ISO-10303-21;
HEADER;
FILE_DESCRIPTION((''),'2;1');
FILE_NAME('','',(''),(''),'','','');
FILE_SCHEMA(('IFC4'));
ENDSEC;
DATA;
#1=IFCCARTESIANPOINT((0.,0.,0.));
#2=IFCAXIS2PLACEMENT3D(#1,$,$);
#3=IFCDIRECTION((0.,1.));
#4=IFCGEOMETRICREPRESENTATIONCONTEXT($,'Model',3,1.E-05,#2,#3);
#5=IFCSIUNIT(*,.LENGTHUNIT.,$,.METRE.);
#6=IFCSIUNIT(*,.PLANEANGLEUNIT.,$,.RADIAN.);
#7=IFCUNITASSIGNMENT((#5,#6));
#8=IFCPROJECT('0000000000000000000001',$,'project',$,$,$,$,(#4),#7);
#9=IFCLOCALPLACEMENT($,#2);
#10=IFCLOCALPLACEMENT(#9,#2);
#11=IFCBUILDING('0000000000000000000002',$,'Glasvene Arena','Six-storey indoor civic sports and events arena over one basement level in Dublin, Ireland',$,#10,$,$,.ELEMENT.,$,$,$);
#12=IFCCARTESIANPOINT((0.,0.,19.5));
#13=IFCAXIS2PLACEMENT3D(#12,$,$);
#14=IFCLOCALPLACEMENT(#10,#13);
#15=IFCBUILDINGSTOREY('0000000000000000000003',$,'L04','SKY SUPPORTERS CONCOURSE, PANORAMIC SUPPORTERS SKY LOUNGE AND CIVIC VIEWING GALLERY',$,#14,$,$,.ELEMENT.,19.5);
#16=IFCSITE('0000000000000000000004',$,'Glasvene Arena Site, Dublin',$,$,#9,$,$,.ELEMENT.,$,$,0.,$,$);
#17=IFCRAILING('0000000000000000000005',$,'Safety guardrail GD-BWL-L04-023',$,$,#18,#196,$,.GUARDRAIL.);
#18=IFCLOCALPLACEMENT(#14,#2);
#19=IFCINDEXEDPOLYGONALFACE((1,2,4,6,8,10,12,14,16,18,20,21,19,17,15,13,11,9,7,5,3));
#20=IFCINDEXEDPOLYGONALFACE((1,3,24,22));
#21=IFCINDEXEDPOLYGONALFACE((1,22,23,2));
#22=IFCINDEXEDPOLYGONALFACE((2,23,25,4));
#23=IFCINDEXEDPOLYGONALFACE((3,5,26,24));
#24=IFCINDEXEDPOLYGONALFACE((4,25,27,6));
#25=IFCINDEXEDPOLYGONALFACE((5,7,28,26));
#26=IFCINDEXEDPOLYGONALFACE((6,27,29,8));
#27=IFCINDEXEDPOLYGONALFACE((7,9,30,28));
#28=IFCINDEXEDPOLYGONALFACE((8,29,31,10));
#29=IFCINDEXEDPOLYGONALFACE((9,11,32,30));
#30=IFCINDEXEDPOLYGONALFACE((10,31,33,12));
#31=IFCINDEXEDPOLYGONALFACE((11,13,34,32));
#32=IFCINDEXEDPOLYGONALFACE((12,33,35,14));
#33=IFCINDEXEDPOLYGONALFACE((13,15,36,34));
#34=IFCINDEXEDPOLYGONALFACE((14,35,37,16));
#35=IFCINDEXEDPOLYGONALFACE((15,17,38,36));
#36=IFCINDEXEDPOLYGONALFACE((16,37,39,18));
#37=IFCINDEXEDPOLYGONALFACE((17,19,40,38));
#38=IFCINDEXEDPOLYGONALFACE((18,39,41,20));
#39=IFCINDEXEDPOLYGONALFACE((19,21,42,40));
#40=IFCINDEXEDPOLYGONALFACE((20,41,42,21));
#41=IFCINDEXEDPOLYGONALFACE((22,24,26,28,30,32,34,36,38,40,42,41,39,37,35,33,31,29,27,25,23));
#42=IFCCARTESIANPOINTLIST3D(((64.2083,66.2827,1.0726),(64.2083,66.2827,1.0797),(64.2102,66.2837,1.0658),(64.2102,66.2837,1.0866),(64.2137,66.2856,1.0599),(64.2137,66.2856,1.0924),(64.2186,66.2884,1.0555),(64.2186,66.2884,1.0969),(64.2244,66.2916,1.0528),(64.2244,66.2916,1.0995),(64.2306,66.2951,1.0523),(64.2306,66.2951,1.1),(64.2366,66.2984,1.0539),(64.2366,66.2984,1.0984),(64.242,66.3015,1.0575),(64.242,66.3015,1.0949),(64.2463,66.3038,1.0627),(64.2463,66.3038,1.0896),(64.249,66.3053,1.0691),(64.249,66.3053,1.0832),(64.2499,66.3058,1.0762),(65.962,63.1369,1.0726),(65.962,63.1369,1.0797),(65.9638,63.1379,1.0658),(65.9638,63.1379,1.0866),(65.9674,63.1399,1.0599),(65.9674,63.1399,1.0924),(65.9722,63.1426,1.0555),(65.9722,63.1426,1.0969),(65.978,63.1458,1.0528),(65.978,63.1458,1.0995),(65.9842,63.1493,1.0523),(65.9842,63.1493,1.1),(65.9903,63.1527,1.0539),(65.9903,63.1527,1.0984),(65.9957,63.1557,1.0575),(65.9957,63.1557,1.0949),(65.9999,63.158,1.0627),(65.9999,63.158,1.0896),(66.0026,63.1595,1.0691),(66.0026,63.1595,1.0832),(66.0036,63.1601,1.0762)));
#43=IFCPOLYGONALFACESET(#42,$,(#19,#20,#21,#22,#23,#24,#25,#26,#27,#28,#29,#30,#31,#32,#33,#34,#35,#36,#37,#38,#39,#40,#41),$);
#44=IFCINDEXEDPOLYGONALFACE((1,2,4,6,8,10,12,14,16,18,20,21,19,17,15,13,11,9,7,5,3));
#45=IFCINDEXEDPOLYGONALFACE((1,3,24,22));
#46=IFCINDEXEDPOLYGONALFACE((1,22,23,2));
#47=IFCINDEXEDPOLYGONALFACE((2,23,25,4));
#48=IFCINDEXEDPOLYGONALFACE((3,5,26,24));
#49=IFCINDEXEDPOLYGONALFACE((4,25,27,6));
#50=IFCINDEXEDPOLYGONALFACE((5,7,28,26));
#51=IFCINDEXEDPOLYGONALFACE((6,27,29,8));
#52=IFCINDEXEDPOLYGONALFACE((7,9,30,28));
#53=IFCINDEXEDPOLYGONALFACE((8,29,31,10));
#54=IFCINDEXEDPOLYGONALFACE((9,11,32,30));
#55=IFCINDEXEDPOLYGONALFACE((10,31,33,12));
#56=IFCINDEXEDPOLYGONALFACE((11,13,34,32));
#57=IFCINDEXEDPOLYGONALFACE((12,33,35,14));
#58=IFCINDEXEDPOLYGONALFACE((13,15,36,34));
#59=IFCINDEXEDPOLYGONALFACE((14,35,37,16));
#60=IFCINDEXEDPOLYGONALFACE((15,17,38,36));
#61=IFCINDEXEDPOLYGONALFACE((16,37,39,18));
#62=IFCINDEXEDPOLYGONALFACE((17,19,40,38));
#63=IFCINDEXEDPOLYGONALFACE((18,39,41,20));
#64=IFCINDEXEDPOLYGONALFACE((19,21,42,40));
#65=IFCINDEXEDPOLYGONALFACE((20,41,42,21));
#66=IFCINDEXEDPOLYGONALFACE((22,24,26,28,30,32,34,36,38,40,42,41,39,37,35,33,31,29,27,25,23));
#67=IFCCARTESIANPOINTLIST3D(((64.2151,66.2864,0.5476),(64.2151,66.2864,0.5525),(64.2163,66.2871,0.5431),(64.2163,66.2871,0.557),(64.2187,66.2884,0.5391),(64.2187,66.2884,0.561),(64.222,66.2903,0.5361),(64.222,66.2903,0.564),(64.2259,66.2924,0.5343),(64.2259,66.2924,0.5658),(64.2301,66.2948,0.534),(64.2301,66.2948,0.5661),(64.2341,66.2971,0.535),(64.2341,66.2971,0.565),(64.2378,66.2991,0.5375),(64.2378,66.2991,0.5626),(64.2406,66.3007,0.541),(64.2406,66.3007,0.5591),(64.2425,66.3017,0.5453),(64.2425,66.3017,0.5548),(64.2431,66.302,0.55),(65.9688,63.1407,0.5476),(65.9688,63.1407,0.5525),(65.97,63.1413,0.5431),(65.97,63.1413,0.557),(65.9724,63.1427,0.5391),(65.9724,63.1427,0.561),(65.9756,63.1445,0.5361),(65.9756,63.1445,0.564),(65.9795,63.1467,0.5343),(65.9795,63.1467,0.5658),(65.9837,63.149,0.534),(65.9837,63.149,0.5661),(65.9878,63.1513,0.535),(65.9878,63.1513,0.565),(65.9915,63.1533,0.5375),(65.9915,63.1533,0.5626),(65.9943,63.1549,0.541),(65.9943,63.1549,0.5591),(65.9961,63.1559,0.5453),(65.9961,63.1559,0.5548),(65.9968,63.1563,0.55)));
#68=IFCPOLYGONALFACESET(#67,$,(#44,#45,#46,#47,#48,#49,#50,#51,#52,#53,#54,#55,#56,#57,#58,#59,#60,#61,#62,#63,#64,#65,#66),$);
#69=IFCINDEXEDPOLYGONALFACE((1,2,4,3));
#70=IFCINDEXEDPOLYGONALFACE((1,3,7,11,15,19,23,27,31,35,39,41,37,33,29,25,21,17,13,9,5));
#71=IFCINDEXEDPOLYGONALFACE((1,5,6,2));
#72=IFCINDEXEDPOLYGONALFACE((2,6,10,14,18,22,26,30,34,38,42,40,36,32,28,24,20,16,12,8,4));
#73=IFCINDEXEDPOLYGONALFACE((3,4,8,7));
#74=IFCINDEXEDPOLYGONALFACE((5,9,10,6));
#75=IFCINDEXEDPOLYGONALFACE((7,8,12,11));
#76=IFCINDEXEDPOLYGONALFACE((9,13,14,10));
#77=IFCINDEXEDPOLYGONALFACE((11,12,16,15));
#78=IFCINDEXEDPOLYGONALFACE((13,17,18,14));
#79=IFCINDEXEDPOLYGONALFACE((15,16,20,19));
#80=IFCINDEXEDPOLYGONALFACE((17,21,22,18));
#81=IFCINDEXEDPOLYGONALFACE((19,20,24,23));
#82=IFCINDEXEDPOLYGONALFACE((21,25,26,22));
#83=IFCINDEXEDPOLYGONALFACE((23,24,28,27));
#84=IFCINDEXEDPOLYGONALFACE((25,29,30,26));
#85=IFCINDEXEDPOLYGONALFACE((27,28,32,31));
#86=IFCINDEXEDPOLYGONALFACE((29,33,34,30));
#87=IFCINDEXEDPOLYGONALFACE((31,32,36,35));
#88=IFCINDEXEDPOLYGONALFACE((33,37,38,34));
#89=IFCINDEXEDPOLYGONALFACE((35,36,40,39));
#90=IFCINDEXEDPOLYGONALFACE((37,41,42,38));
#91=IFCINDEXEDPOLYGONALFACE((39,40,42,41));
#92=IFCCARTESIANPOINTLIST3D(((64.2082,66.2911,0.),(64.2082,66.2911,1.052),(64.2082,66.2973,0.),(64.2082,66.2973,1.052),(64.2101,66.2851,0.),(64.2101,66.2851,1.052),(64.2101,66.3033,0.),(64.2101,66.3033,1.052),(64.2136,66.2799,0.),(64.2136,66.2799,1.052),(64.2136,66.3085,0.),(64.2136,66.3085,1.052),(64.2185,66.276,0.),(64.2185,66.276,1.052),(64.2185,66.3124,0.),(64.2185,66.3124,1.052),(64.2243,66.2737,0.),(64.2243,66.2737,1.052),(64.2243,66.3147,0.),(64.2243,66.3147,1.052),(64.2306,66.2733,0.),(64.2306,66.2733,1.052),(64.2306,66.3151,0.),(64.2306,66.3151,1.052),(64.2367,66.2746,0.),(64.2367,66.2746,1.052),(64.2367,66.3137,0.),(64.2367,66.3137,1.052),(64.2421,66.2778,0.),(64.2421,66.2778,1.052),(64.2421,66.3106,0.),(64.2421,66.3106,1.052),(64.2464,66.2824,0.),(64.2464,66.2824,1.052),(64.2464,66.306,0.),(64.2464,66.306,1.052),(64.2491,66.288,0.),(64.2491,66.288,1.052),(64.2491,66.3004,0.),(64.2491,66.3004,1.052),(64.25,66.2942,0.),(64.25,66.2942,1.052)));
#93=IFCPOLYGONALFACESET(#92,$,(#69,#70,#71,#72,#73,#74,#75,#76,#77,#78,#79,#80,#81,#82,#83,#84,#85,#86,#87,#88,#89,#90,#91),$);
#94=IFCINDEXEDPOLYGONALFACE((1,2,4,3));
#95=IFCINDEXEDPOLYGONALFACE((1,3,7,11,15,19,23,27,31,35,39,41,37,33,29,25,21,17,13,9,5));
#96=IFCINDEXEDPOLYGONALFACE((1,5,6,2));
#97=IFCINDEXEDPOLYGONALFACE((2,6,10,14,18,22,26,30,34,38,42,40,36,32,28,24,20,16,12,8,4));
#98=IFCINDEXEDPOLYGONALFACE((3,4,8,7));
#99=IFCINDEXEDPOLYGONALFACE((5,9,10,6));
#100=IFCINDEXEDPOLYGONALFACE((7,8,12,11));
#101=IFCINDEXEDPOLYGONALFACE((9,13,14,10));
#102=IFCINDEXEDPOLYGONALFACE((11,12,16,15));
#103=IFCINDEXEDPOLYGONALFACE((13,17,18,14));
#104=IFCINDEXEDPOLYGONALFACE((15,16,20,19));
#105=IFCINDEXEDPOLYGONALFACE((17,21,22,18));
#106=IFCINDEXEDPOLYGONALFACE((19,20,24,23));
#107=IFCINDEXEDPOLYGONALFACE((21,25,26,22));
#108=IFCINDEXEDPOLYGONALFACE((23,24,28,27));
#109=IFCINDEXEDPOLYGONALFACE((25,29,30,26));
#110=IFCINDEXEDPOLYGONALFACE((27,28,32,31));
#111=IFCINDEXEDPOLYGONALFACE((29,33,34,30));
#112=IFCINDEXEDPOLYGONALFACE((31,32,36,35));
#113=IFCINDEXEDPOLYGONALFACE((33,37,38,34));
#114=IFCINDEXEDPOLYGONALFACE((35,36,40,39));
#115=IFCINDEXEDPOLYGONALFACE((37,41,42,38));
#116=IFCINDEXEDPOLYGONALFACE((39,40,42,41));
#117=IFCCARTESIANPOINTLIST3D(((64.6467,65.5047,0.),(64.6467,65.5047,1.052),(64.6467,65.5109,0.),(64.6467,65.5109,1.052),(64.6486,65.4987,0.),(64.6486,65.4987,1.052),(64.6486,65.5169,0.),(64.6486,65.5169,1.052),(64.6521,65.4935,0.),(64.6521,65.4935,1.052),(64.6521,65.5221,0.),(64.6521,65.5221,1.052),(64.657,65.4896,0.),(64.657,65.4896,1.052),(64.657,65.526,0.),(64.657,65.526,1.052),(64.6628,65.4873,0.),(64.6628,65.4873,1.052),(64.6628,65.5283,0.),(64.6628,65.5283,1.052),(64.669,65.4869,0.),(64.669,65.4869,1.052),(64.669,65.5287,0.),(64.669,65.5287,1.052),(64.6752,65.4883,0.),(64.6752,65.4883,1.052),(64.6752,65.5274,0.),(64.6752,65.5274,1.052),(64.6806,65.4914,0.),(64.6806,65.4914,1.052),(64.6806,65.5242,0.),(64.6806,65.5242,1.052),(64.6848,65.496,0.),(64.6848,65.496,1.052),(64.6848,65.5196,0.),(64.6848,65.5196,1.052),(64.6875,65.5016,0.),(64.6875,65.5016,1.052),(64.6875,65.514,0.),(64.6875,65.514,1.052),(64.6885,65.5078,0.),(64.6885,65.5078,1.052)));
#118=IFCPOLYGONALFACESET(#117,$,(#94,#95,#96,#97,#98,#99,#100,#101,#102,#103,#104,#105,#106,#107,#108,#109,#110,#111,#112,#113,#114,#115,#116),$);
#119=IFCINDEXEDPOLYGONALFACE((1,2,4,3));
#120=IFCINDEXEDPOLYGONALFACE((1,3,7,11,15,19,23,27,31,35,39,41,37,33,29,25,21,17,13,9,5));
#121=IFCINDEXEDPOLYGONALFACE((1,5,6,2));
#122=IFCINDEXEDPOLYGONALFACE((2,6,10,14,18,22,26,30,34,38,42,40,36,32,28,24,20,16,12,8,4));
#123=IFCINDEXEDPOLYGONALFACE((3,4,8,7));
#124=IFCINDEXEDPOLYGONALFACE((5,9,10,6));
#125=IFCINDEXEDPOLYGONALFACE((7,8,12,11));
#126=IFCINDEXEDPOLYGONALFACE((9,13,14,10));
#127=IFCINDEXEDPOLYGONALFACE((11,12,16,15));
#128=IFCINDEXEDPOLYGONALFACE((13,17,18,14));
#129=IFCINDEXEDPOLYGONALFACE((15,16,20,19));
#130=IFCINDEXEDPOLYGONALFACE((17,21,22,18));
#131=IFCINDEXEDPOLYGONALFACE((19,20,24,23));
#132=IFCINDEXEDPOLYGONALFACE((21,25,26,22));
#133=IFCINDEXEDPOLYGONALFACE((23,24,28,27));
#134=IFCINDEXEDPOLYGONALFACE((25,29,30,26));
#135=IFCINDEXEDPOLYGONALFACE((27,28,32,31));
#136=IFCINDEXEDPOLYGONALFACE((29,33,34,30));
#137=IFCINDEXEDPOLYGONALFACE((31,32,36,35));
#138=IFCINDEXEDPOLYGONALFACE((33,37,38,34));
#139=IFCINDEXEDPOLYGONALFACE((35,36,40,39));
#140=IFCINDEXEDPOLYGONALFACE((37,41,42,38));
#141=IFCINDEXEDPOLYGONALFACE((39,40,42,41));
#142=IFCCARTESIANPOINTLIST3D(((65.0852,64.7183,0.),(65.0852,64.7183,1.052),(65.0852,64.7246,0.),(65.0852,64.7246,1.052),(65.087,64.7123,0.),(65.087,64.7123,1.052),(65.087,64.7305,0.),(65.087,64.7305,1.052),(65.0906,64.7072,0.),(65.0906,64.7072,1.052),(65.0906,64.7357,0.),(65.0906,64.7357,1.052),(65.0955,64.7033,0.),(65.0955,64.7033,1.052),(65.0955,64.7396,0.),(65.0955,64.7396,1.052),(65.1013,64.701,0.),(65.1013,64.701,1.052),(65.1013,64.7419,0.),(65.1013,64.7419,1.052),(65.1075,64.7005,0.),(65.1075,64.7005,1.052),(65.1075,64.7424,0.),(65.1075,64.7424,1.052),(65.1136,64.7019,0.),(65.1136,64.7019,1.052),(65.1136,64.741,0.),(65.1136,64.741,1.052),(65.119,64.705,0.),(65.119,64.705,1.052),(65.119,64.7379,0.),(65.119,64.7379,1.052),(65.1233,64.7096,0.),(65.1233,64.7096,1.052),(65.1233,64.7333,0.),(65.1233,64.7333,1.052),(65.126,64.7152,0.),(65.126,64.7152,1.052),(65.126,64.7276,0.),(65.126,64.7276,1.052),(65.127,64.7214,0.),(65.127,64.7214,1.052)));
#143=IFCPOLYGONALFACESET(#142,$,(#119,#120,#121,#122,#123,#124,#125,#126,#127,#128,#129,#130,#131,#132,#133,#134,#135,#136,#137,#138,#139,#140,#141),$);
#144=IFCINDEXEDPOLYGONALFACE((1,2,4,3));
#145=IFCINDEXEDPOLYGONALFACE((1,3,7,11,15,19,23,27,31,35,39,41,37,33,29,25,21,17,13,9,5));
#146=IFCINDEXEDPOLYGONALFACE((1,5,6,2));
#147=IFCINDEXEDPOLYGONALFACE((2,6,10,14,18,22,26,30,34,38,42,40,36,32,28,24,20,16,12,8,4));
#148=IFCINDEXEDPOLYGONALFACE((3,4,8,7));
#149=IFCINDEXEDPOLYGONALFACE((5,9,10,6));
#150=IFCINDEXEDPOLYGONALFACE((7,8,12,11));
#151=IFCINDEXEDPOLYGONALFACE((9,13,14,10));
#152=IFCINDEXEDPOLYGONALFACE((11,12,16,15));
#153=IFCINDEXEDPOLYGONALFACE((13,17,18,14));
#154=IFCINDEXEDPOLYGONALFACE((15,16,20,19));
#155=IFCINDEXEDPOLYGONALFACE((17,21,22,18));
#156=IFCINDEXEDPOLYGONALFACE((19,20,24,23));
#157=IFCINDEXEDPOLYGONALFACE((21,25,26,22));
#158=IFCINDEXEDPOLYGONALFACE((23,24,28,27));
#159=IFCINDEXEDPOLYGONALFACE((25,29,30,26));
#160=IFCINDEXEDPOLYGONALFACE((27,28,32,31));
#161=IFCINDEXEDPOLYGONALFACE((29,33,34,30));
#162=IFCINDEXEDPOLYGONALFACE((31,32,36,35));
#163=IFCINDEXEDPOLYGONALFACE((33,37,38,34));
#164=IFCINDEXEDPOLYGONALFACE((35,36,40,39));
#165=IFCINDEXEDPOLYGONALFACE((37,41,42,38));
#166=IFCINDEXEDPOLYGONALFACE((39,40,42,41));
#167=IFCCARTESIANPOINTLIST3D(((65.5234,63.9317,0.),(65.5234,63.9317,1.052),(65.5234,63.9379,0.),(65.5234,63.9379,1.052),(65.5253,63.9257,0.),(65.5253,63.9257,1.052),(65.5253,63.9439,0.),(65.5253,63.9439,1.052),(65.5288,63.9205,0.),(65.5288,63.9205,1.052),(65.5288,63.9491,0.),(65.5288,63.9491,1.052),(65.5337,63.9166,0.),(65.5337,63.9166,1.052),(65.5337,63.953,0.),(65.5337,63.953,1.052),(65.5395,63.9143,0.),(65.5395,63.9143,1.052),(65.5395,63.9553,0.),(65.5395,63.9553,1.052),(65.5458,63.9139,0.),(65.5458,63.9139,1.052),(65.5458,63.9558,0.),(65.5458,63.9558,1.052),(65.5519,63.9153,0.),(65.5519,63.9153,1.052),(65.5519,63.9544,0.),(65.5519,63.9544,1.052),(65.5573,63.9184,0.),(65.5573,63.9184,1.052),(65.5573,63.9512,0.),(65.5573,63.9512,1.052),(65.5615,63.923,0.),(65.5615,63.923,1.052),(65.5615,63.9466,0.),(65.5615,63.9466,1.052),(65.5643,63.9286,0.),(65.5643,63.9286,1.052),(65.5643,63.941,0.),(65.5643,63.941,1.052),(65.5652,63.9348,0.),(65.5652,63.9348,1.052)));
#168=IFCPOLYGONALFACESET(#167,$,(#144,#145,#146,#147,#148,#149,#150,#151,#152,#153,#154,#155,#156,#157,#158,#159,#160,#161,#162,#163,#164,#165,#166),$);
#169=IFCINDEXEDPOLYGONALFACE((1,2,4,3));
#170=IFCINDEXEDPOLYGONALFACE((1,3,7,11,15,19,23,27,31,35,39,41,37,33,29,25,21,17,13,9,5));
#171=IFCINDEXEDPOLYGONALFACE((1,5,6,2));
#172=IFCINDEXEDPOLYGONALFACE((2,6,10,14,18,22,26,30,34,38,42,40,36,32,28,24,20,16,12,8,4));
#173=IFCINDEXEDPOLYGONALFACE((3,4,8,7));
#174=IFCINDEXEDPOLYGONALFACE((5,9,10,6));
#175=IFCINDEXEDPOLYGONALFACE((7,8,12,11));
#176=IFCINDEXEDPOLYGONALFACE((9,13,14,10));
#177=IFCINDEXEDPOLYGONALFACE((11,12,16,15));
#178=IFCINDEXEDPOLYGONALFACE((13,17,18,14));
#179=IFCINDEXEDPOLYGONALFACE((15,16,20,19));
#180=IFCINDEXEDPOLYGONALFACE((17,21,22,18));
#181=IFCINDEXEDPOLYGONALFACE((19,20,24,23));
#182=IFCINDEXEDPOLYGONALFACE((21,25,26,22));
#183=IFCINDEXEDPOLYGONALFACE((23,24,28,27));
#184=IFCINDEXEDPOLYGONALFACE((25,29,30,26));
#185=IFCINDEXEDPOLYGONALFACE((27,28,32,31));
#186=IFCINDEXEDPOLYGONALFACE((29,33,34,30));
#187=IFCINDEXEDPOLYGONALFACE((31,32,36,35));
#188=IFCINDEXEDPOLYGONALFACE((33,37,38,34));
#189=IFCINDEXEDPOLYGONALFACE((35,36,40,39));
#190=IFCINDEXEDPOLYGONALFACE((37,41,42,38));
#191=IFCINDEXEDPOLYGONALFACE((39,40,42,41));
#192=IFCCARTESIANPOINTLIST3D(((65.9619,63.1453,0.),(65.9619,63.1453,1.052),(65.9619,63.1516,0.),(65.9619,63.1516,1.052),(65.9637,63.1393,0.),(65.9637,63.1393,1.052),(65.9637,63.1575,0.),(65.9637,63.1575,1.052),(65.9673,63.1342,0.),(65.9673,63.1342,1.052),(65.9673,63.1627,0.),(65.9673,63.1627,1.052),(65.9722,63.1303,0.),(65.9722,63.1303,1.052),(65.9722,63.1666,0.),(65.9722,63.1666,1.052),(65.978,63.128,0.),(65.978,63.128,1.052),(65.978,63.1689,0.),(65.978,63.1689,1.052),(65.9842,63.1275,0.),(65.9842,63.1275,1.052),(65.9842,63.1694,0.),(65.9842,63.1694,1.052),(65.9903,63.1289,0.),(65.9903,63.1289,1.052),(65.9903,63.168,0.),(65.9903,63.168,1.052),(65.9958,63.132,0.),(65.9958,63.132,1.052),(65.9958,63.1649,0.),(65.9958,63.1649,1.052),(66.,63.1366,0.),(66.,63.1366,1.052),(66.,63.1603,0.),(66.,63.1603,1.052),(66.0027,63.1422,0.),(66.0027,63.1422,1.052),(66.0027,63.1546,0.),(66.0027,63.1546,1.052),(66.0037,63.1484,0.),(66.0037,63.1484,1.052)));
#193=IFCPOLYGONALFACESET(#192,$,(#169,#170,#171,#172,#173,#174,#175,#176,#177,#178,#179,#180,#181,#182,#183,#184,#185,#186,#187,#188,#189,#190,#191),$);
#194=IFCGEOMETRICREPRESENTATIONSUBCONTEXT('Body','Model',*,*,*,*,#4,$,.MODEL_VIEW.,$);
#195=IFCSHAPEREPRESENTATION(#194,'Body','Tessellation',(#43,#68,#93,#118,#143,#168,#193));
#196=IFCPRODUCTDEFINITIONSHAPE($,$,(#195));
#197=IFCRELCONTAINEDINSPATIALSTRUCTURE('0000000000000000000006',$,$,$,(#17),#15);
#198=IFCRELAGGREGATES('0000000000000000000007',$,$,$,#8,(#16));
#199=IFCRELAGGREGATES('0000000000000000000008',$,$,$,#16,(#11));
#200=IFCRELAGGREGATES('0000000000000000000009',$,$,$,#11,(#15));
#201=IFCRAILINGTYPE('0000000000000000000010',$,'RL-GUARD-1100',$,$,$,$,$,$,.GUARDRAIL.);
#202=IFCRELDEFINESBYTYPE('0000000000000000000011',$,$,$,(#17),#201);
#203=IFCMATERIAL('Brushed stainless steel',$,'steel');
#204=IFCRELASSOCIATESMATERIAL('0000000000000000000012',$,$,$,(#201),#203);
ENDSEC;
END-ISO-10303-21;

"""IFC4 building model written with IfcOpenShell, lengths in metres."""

from ifc_helpers import new_model, si_unit, direction, frame, origin, origin_2d, place, context, subcontext, project, spatial, circle, extrude, material, type_object, element, save


model = new_model("IFC4")

# Units and contexts
model_context = context("Model", 3, precision=1e-05, world=origin(), true_north=direction((0.0, 1.0)))
body_context = subcontext(model_context, "Body", "Model", "MODEL_VIEW")
ifc_project = project(units=[si_unit("LENGTHUNIT", "METRE"), si_unit("PLANEANGLEUNIT", "RADIAN")], contexts=[model_context])

# Site, building, storey
site_placement = place(None, origin())
site = spatial("IfcSite", under=ifc_project, at=site_placement, Name="Glasvene Arena Site, Dublin", CompositionType="ELEMENT", RefElevation=0.0)
building_placement = place(site_placement, origin())
building = spatial("IfcBuilding", under=site, at=building_placement, Name="Glasvene Arena", Description="Six-storey indoor civic sports and events arena over one basement level in Dublin, Ireland", CompositionType="ELEMENT")
storey_placement = place(building_placement, frame((0.0, 0.0, 19.5)))
storey = spatial("IfcBuildingStorey", under=building, at=storey_placement, Name="L04", Description="SKY SUPPORTERS CONCOURSE, PANORAMIC SUPPORTERS SKY LOUNGE AND CIVIC VIEWING GALLERY", CompositionType="ELEMENT", Elevation=19.5)

# Railing
ifc_material_1 = material(Name="Brushed stainless steel", Category="steel")
railing_type = type_object("IfcRailingType", Name="RL-GUARD-1100", PredefinedType="GUARDRAIL", material=ifc_material_1)
railing_1_placement = place(storey_placement, frame((64.229, 66.2942, 0.0)))
element("IfcRailing", 1, at=railing_1_placement, inside=storey, type_object=railing_type, Name="Safety guardrail GD-BWL-L04-023", PredefinedType="GUARDRAIL", context=body_context, shape_type="SweptSolid", body=[
    extrude(circle(Radius=0.0239, at=origin_2d()), frame((0.0, 0.0, 1.0762), z_axis=(0.48692, -0.873446, 0.0), x_axis=(0.873446, 0.48692, 0.0)), (0.0, 0.0, 1.0), 3.6016),
    extrude(circle(Radius=0.0161, at=origin_2d()), frame((0.0, 0.0, 0.55), z_axis=(0.48692, -0.873446, 0.0), x_axis=(0.873446, 0.48692, 0.0)), (0.0, 0.0, 1.0), 3.6016),
    extrude(circle(Radius=0.021, at=origin_2d()), origin(), (0.0, 0.0, 1.0), 1.052),
    extrude(circle(Radius=0.021, at=origin_2d()), frame((0.4385, -0.7864, 0.0)), (0.0, 0.0, 1.0), 1.052),
    extrude(circle(Radius=0.021, at=origin_2d()), frame((0.877, -1.5728, 0.0)), (0.0, 0.0, 1.0), 1.052),
    extrude(circle(Radius=0.021, at=origin_2d()), frame((1.3152, -2.3594, 0.0)), (0.0, 0.0, 1.0), 1.052),
    extrude(circle(Radius=0.021, at=origin_2d()), frame((1.7537, -3.1458, 0.0)), (0.0, 0.0, 1.0), 1.052),
])

save(model, "model.ifc")
